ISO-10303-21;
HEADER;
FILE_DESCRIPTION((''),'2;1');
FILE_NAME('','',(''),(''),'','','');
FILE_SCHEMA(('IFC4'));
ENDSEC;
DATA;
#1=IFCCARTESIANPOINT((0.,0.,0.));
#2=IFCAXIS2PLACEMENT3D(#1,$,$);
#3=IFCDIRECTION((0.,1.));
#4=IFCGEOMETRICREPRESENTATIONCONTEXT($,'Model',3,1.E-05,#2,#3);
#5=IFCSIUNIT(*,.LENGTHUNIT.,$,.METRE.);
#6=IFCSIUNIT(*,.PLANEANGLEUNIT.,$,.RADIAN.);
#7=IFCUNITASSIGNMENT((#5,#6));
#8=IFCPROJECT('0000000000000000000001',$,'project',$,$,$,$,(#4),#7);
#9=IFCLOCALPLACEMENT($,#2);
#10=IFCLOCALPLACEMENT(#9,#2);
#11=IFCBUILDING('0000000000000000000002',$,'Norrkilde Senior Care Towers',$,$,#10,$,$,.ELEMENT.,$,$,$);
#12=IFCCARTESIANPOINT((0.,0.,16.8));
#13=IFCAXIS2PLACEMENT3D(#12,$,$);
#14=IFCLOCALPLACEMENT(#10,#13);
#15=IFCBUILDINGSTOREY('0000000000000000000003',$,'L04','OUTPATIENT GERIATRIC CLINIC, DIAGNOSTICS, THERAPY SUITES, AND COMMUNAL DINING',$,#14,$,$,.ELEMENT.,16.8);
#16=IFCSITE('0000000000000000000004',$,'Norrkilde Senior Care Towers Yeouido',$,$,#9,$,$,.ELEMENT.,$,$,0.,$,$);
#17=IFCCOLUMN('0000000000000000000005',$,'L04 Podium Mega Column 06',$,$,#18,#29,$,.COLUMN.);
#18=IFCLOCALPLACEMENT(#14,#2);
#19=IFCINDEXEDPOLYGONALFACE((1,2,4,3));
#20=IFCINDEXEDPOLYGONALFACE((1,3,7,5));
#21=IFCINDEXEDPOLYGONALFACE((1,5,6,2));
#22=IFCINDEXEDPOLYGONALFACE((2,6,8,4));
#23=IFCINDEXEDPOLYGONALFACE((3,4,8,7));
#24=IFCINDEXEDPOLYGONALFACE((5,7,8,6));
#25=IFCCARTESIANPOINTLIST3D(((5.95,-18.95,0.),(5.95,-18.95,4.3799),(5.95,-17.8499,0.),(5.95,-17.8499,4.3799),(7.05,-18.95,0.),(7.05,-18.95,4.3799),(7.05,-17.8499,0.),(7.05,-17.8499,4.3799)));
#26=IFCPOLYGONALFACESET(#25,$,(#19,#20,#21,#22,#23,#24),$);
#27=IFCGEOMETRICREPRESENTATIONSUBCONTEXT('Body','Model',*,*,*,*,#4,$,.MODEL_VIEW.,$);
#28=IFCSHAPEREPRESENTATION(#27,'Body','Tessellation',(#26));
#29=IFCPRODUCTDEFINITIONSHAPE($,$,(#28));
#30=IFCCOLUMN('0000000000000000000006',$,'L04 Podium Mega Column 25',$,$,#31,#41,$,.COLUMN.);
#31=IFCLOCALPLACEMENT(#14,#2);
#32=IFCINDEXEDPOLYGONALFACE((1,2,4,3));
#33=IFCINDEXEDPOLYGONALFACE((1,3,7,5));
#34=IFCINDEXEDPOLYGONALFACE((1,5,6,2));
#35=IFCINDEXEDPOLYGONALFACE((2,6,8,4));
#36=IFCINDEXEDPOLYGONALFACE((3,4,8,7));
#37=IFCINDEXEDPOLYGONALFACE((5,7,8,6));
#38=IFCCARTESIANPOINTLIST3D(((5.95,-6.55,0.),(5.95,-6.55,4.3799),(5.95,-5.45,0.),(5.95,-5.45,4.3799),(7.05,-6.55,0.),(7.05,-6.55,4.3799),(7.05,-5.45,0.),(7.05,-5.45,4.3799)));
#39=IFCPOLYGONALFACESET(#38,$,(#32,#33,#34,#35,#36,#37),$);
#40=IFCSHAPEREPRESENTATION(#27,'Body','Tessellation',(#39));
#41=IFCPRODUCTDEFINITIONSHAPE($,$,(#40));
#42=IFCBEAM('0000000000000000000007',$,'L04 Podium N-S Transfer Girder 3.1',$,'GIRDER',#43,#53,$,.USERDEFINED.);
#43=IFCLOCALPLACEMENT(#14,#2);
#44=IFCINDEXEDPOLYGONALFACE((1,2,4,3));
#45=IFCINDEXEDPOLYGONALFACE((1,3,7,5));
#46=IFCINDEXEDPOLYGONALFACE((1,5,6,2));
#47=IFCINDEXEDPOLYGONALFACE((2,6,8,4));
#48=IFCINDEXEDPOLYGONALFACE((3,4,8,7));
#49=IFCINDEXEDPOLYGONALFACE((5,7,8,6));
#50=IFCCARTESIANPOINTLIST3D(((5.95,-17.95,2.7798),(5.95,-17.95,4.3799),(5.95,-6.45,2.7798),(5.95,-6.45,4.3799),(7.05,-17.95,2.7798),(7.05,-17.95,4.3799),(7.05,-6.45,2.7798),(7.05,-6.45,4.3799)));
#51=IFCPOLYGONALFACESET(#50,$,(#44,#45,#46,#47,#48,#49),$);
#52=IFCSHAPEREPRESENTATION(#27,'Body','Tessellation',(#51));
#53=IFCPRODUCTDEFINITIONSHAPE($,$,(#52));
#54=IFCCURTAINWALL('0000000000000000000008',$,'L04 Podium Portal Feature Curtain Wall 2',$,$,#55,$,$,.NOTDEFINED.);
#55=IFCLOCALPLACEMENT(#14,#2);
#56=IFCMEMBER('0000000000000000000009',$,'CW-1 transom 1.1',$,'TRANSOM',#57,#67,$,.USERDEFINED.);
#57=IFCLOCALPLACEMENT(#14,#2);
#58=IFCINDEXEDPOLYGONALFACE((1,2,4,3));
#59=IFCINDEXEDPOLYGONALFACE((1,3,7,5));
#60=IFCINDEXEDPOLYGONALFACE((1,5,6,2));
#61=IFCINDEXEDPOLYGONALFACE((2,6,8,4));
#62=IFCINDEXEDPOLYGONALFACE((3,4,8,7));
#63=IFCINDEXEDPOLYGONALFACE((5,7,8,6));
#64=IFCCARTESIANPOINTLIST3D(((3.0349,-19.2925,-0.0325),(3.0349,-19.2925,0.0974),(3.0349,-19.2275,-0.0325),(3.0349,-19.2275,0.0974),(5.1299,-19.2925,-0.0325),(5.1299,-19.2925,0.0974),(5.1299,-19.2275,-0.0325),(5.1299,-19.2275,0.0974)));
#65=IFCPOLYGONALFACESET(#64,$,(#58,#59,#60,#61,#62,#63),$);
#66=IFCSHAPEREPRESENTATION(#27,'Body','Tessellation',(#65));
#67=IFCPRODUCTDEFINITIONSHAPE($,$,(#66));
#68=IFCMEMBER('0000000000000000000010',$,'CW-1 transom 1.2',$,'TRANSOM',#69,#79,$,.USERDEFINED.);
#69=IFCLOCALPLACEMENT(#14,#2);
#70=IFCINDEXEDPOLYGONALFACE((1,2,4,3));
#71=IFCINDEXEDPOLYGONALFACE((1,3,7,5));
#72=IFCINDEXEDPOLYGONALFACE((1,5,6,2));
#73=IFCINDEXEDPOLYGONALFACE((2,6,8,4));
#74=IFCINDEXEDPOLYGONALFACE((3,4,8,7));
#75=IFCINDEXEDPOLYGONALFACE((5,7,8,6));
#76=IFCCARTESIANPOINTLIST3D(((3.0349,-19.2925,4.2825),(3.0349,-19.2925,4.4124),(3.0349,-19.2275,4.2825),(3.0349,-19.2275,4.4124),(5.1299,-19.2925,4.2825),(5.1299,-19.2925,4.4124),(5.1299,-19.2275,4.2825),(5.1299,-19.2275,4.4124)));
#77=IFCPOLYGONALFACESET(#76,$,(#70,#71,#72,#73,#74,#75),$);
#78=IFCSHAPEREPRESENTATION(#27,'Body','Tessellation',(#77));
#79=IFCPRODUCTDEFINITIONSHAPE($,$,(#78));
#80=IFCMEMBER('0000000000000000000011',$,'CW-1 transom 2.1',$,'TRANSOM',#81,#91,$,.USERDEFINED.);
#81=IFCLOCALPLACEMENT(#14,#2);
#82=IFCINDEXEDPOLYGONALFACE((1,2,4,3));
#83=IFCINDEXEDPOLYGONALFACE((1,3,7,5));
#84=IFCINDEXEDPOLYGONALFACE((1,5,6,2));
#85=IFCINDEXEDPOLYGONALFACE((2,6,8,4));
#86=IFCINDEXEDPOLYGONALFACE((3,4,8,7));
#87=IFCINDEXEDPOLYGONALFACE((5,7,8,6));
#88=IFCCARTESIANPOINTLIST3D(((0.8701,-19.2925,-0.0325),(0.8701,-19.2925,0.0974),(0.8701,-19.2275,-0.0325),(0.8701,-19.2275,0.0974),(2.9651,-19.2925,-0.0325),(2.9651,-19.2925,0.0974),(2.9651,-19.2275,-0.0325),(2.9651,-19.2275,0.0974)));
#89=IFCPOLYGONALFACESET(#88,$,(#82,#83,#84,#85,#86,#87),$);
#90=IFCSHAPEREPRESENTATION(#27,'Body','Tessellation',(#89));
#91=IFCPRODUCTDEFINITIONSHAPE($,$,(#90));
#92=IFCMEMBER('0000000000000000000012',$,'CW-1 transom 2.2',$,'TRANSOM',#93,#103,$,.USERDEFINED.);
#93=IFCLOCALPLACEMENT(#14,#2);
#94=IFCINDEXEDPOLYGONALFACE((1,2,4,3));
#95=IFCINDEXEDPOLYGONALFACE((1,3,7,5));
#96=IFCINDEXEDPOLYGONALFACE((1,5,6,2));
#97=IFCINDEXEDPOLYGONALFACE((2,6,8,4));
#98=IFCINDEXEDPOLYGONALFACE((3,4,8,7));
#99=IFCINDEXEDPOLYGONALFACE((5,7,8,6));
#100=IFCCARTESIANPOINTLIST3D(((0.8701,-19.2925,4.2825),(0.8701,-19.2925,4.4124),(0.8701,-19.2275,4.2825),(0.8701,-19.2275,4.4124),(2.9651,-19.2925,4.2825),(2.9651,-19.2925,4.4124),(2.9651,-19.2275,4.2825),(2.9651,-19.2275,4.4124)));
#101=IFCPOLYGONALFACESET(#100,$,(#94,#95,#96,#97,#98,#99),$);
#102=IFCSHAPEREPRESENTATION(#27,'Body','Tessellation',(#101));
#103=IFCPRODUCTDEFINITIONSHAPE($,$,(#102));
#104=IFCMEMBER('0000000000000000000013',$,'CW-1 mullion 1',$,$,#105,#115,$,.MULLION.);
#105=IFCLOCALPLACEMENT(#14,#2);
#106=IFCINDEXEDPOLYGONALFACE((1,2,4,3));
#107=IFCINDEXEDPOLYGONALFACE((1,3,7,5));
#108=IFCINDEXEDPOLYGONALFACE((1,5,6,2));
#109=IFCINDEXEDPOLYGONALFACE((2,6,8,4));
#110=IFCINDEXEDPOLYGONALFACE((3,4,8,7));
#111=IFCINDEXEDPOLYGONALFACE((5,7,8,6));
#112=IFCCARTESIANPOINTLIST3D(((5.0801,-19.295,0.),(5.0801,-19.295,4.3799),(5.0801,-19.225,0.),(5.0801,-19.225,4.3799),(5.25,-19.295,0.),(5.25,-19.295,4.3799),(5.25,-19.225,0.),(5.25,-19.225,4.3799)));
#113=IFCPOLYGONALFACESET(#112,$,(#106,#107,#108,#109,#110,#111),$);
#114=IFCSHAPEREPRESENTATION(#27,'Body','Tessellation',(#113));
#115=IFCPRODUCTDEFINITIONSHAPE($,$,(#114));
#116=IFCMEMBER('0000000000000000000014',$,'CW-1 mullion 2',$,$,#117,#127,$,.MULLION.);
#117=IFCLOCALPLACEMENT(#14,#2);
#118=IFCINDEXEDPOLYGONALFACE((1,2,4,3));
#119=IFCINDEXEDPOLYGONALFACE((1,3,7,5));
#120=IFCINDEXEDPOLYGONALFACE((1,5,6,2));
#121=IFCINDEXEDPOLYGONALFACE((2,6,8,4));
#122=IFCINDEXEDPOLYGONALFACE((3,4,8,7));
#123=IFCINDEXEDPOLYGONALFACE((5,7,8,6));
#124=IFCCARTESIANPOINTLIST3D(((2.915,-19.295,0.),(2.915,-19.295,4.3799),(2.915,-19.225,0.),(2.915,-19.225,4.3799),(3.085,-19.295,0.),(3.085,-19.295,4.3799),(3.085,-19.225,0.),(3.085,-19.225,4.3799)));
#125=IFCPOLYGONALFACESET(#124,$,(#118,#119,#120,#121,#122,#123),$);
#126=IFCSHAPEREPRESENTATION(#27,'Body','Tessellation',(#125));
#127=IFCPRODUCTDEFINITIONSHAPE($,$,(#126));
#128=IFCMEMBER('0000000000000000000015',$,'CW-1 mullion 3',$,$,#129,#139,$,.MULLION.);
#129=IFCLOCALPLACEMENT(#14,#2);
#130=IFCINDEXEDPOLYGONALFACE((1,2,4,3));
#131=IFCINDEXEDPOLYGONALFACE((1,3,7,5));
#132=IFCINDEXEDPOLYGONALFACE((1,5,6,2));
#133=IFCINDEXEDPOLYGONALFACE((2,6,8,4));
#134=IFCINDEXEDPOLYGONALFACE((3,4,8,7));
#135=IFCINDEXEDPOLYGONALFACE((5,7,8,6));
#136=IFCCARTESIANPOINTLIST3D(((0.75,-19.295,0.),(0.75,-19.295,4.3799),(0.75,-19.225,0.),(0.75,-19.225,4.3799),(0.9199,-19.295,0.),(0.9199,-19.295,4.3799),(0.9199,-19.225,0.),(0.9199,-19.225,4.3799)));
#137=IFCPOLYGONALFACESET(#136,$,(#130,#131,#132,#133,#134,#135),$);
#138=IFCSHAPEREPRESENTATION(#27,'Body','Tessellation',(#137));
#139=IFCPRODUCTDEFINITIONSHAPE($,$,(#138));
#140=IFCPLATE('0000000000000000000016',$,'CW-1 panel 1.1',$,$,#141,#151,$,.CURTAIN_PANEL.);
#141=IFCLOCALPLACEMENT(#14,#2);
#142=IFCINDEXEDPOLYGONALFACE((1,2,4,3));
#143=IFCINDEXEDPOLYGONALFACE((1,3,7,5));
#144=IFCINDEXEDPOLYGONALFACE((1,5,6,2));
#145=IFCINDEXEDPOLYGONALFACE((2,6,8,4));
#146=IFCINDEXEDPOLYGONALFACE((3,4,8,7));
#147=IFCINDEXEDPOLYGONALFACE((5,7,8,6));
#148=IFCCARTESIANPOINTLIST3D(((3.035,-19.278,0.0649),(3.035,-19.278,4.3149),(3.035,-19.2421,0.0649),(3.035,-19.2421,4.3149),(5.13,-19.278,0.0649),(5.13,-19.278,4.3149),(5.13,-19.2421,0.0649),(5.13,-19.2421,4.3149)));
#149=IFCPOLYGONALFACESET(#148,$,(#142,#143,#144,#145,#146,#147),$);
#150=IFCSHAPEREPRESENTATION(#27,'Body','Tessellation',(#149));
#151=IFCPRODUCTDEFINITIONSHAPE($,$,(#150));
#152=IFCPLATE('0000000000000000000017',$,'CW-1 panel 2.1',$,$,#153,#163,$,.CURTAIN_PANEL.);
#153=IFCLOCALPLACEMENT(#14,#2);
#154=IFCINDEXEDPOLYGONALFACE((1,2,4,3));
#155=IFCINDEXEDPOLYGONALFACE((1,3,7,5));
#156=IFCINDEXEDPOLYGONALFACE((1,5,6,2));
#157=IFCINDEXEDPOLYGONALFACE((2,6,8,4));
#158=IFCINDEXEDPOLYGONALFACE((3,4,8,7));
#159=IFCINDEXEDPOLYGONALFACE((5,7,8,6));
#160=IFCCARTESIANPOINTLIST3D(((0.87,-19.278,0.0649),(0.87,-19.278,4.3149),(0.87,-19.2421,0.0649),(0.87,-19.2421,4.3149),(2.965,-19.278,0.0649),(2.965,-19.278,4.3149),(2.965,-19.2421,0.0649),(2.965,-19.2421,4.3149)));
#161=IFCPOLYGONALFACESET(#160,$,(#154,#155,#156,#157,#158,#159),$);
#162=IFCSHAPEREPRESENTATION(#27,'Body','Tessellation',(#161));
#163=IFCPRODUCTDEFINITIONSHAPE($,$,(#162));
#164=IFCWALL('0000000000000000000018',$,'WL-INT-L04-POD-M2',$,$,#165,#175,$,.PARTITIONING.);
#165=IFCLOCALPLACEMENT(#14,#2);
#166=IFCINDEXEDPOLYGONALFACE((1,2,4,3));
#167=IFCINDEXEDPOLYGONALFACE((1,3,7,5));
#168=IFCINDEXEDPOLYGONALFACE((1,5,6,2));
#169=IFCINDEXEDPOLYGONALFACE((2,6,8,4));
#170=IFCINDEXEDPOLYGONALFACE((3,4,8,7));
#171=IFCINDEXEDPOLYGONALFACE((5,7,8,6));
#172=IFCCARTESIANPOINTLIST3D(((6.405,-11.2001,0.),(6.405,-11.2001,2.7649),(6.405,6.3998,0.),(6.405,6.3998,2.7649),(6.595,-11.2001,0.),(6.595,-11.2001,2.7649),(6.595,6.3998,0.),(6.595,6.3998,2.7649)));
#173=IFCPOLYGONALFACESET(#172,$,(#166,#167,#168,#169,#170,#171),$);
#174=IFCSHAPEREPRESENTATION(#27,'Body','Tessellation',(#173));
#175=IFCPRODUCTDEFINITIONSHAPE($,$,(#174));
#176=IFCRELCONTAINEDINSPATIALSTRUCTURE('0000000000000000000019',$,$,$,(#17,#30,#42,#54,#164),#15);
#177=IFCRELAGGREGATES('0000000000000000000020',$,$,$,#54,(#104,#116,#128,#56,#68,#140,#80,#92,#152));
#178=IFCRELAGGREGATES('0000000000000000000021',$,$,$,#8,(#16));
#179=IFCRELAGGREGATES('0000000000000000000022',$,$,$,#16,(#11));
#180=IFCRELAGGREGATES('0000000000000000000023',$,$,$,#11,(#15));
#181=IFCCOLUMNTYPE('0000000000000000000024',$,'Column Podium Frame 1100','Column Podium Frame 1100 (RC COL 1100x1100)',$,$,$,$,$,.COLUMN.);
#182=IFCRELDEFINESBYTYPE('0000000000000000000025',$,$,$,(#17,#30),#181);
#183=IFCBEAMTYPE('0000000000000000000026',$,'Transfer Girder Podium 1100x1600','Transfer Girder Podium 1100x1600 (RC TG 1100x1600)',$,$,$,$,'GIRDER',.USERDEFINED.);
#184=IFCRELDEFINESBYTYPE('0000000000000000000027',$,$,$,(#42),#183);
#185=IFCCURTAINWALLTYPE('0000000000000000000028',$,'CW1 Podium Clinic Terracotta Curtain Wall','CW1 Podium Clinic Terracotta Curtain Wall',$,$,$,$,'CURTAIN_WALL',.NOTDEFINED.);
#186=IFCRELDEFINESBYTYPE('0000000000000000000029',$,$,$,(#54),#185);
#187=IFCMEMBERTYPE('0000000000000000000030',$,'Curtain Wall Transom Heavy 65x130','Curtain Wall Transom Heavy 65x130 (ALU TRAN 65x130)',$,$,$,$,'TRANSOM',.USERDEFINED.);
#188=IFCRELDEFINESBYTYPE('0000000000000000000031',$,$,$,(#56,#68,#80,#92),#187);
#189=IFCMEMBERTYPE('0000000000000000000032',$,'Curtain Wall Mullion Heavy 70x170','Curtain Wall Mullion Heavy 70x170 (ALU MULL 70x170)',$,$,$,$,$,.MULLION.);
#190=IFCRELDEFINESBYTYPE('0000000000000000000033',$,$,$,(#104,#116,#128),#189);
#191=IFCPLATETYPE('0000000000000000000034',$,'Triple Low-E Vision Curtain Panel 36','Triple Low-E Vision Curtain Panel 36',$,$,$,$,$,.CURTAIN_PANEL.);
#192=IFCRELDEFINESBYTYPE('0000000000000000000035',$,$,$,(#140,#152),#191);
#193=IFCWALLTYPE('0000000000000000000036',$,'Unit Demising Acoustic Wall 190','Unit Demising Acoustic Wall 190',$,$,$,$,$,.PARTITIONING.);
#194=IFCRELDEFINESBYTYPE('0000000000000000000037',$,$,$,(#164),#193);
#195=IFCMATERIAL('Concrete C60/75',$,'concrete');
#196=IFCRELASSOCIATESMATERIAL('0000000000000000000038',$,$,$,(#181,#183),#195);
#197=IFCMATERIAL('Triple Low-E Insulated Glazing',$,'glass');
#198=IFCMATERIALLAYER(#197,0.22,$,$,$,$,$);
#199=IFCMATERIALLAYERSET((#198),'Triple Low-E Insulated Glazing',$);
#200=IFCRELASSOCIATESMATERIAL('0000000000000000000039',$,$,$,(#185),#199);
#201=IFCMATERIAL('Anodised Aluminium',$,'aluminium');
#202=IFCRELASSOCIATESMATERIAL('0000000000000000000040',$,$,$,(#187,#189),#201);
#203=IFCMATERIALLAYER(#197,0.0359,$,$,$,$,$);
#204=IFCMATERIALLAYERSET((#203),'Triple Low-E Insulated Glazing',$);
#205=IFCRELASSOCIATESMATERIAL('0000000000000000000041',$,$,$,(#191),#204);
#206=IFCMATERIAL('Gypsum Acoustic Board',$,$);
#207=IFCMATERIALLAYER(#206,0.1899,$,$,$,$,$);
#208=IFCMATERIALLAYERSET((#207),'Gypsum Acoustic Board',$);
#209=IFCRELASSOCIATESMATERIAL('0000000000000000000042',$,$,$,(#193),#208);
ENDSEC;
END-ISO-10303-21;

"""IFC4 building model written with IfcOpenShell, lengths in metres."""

from ifc_helpers import new_model, si_unit, direction, frame, frame_2d, origin, origin_2d, place, context, subcontext, project, spatial, rectangle, extrude, source, transform, mapped, material, layer, layer_set, material_profile, profile_set, type_object, type_shapes, element, aggregate, save


model = new_model("IFC4")

# Units and contexts
model_context = context("Model", 3, precision=1e-05, world=origin(), true_north=direction((0.0, 1.0)))
body_context = subcontext(model_context, "Body", "Model", "MODEL_VIEW")
ifc_project = project(units=[si_unit("LENGTHUNIT", "METRE"), si_unit("PLANEANGLEUNIT", "RADIAN")], contexts=[model_context])

# Site, building, storey
site_placement = place(None, origin())
site = spatial("IfcSite", under=ifc_project, at=site_placement, Name="Norrkilde Senior Care Towers Yeouido", CompositionType="ELEMENT", RefElevation=0.0)
building_placement = place(site_placement, origin())
building = spatial("IfcBuilding", under=site, at=building_placement, Name="Norrkilde Senior Care Towers", CompositionType="ELEMENT")
storey_placement = place(building_placement, frame((0.0, 0.0, 16.8)))
storey = spatial("IfcBuildingStorey", under=building, at=storey_placement, Name="L04", Description="OUTPATIENT GERIATRIC CLINIC, DIAGNOSTICS, THERAPY SUITES, AND COMMUNAL DINING", CompositionType="ELEMENT", Elevation=16.8)

# Columns
ifc_material_1 = material(Name="Concrete C60/75", Category="concrete")
ifc_material_profile_1 = material_profile(ifc_material_1, rectangle(XDim=1.1001, YDim=1.1001, at=origin_2d()), Name="RC COL 1100x1100")
ifc_profile_set_1 = profile_set([ifc_material_profile_1], Name="Concrete C60/75")
column_type = type_object("IfcColumnType", Name="Column Podium Frame 1100", Description="Column Podium Frame 1100 (RC COL 1100x1100)", PredefinedType="COLUMN", material=ifc_profile_set_1)
shared_shape_1 = source(origin(), body_context, "Body", "SweptSolid", [
    extrude(rectangle(XDim=1.1001, YDim=1.1001, at=origin_2d()), origin(), (0.0, 0.0, 1.0), 4.3799),
])
type_shapes(column_type, [shared_shape_1])
for number, where, z_axis, x_axis, name in (
    (1, (6.5, -18.3999, 0.0), (0.0, 0.0, 1.0), (1.0, 0.0, 0.0), "L04 Podium Mega Column 06"),
    (2, (6.5, -6.0, 0.0), (0.0, 0.0, 1.0), (1.0, 0.0, 0.0), "L04 Podium Mega Column 25"),
):
    element("IfcColumn", number, at=place(storey_placement, frame(where, z_axis=z_axis, x_axis=x_axis)), inside=storey, type_object=column_type, Name=name, PredefinedType="COLUMN", context=body_context, shape_type="MappedRepresentation", body=[
        mapped(shared_shape_1, transform((0.0, 0.0, 0.0), x_axis=(1.0, 0.0, 0.0), y_axis=(0.0, 1.0, 0.0), z_axis=(0.0, 0.0, 1.0), scale=1.0)),
    ])

# Beam
ifc_material_profile_2 = material_profile(ifc_material_1, rectangle(XDim=1.1001, YDim=1.6001, at=origin_2d()), Name="RC TG 1100x1600")
ifc_profile_set_2 = profile_set([ifc_material_profile_2], Name="Concrete C60/75")
beam_type = type_object("IfcBeamType", Name="Transfer Girder Podium 1100x1600", Description="Transfer Girder Podium 1100x1600 (RC TG 1100x1600)", ElementType="GIRDER", PredefinedType="USERDEFINED", material=ifc_profile_set_2)
shared_shape_2 = source(origin(), body_context, "Body", "SweptSolid", [
    extrude(rectangle(XDim=1.1001, YDim=1.6001, at=origin_2d()), origin(), (0.0, 0.0, 1.0), 11.5),
])
type_shapes(beam_type, [shared_shape_2])
beam_placement = place(storey_placement, frame((6.5, -17.95, 3.5798), z_axis=(0.0, 1.0, 0.0), x_axis=(-1.0, 0.0, 0.0)))
element("IfcBeam", 3, at=beam_placement, inside=storey, type_object=beam_type, Name="L04 Podium N-S Transfer Girder 3.1", ObjectType="GIRDER", PredefinedType="USERDEFINED", context=body_context, shape_type="MappedRepresentation", body=[
    mapped(shared_shape_2, transform((0.0, 0.0, 0.0), x_axis=(1.0, 0.0, 0.0), y_axis=(0.0, 1.0, 0.0), z_axis=(0.0, 0.0, 1.0), scale=1.0)),
])

# Curtain wall, members, plates
ifc_material_2 = material(Name="Triple Low-E Insulated Glazing", Category="glass")
ifc_layer_1 = layer(ifc_material_2, 0.22)
ifc_layer_set_1 = layer_set([ifc_layer_1], Name="Triple Low-E Insulated Glazing")
curtain_wall_type = type_object("IfcCurtainWallType", Name="CW1 Podium Clinic Terracotta Curtain Wall", Description="CW1 Podium Clinic Terracotta Curtain Wall", ElementType="CURTAIN_WALL", PredefinedType="NOTDEFINED", material=ifc_layer_set_1)
curtain_wall_placement = place(storey_placement, origin())
curtain_wall = element("IfcCurtainWall", 4, at=curtain_wall_placement, inside=storey, type_object=curtain_wall_type, Name="L04 Podium Portal Feature Curtain Wall 2", PredefinedType="NOTDEFINED")
ifc_material_3 = material(Name="Anodised Aluminium", Category="aluminium")
ifc_material_profile_3 = material_profile(ifc_material_3, rectangle(XDim=0.0649, YDim=0.1299, at=origin_2d()), Name="ALU TRAN 65x130")
ifc_profile_set_3 = profile_set([ifc_material_profile_3], Name="Anodised Aluminium")
member_type_1 = type_object("IfcMemberType", Name="Curtain Wall Transom Heavy 65x130", Description="Curtain Wall Transom Heavy 65x130 (ALU TRAN 65x130)", ElementType="TRANSOM", PredefinedType="USERDEFINED", material=ifc_profile_set_3)
shared_shape_3 = source(origin(), body_context, "Body", "SweptSolid", [
    extrude(rectangle(XDim=0.0649, YDim=0.1299, at=origin_2d()), origin(), (0.0, 0.0, 1.0), 2.095),
])
type_shapes(member_type_1, [shared_shape_3])
member_1_placement = place(storey_placement, frame((5.1299, -19.26, 0.0325), z_axis=(-1.0, 0.0, 0.0), x_axis=(0.0, -1.0, 0.0)))
member_1 = element("IfcMember", 5, at=member_1_placement, type_object=member_type_1, Name="CW-1 transom 1.1", ObjectType="TRANSOM", PredefinedType="USERDEFINED", context=body_context, shape_type="MappedRepresentation", body=[
    mapped(shared_shape_3, transform((0.0, 0.0, 0.0), x_axis=(1.0, 0.0, 0.0), y_axis=(0.0, 1.0, 0.0), z_axis=(0.0, 0.0, 1.0), scale=1.0)),
])
member_2_placement = place(storey_placement, frame((5.1299, -19.26, 4.3474), z_axis=(-1.0, 0.0, 0.0), x_axis=(0.0, -1.0, 0.0)))
member_2 = element("IfcMember", 6, at=member_2_placement, type_object=member_type_1, Name="CW-1 transom 1.2", ObjectType="TRANSOM", PredefinedType="USERDEFINED", context=body_context, shape_type="MappedRepresentation", body=[
    mapped(shared_shape_3, transform((0.0, 0.0, 0.0), x_axis=(1.0, 0.0, 0.0), y_axis=(0.0, 1.0, 0.0), z_axis=(0.0, 0.0, 1.0), scale=1.0)),
])
member_3_placement = place(storey_placement, frame((2.9651, -19.26, 0.0325), z_axis=(-1.0, 0.0, 0.0), x_axis=(0.0, -1.0, 0.0)))
member_3 = element("IfcMember", 7, at=member_3_placement, type_object=member_type_1, Name="CW-1 transom 2.1", ObjectType="TRANSOM", PredefinedType="USERDEFINED", context=body_context, shape_type="MappedRepresentation", body=[
    mapped(shared_shape_3, transform((0.0, 0.0, 0.0), x_axis=(1.0, 0.0, 0.0), y_axis=(0.0, 1.0, 0.0), z_axis=(0.0, 0.0, 1.0), scale=1.0)),
])
member_4_placement = place(storey_placement, frame((2.9651, -19.26, 4.3474), z_axis=(-1.0, 0.0, 0.0), x_axis=(0.0, -1.0, 0.0)))
member_4 = element("IfcMember", 8, at=member_4_placement, type_object=member_type_1, Name="CW-1 transom 2.2", ObjectType="TRANSOM", PredefinedType="USERDEFINED", context=body_context, shape_type="MappedRepresentation", body=[
    mapped(shared_shape_3, transform((0.0, 0.0, 0.0), x_axis=(1.0, 0.0, 0.0), y_axis=(0.0, 1.0, 0.0), z_axis=(0.0, 0.0, 1.0), scale=1.0)),
])
ifc_material_profile_4 = material_profile(ifc_material_3, rectangle(XDim=0.0701, YDim=0.1699, at=origin_2d()), Name="ALU MULL 70x170")
ifc_profile_set_4 = profile_set([ifc_material_profile_4], Name="Anodised Aluminium")
member_type_2 = type_object("IfcMemberType", Name="Curtain Wall Mullion Heavy 70x170", Description="Curtain Wall Mullion Heavy 70x170 (ALU MULL 70x170)", PredefinedType="MULLION", material=ifc_profile_set_4)
shared_shape_4 = source(origin(), body_context, "Body", "SweptSolid", [
    extrude(rectangle(XDim=0.0701, YDim=0.1699, at=origin_2d()), origin(), (0.0, 0.0, 1.0), 4.3799),
])
type_shapes(member_type_2, [shared_shape_4])
member_5_placement = place(storey_placement, frame((5.165, -19.26, 0.0), z_axis=(0.0, 0.0, 1.0), x_axis=(0.0, -1.0, 0.0)))
member_5 = element("IfcMember", 9, at=member_5_placement, type_object=member_type_2, Name="CW-1 mullion 1", PredefinedType="MULLION", context=body_context, shape_type="MappedRepresentation", body=[
    mapped(shared_shape_4, transform((0.0, 0.0, 0.0), x_axis=(1.0, 0.0, 0.0), y_axis=(0.0, 1.0, 0.0), z_axis=(0.0, 0.0, 1.0), scale=1.0)),
])
member_6_placement = place(storey_placement, frame((3.0, -19.26, 0.0), z_axis=(0.0, 0.0, 1.0), x_axis=(0.0, -1.0, 0.0)))
member_6 = element("IfcMember", 10, at=member_6_placement, type_object=member_type_2, Name="CW-1 mullion 2", PredefinedType="MULLION", context=body_context, shape_type="MappedRepresentation", body=[
    mapped(shared_shape_4, transform((0.0, 0.0, 0.0), x_axis=(1.0, 0.0, 0.0), y_axis=(0.0, 1.0, 0.0), z_axis=(0.0, 0.0, 1.0), scale=1.0)),
])
member_7_placement = place(storey_placement, frame((0.835, -19.26, 0.0), z_axis=(0.0, 0.0, 1.0), x_axis=(0.0, -1.0, 0.0)))
member_7 = element("IfcMember", 11, at=member_7_placement, type_object=member_type_2, Name="CW-1 mullion 3", PredefinedType="MULLION", context=body_context, shape_type="MappedRepresentation", body=[
    mapped(shared_shape_4, transform((0.0, 0.0, 0.0), x_axis=(1.0, 0.0, 0.0), y_axis=(0.0, 1.0, 0.0), z_axis=(0.0, 0.0, 1.0), scale=1.0)),
])
ifc_layer_2 = layer(ifc_material_2, 0.0359)
ifc_layer_set_2 = layer_set([ifc_layer_2], Name="Triple Low-E Insulated Glazing")
plate_type = type_object("IfcPlateType", Name="Triple Low-E Vision Curtain Panel 36", Description="Triple Low-E Vision Curtain Panel 36", PredefinedType="CURTAIN_PANEL", material=ifc_layer_set_2)
shared_shape_5 = source(origin(), body_context, "Body", "SweptSolid", [
    extrude(rectangle(XDim=2.095, YDim=0.0359, at=origin_2d()), origin(), (0.0, 0.0, 1.0), 4.25),
])
type_shapes(plate_type, [shared_shape_5])
plate_1_placement = place(storey_placement, frame((4.0825, -19.26, 0.0649), z_axis=(0.0, 0.0, 1.0), x_axis=(-1.0, 0.0, 0.0)))
plate_1 = element("IfcPlate", 12, at=plate_1_placement, type_object=plate_type, Name="CW-1 panel 1.1", PredefinedType="CURTAIN_PANEL", context=body_context, shape_type="MappedRepresentation", body=[
    mapped(shared_shape_5, transform((0.0, 0.0, 0.0), x_axis=(1.0, 0.0, 0.0), y_axis=(0.0, 1.0, 0.0), z_axis=(0.0, 0.0, 1.0), scale=1.0)),
])
plate_2_placement = place(storey_placement, frame((1.9175, -19.26, 0.0649), z_axis=(0.0, 0.0, 1.0), x_axis=(-1.0, 0.0, 0.0)))
plate_2 = element("IfcPlate", 13, at=plate_2_placement, type_object=plate_type, Name="CW-1 panel 2.1", PredefinedType="CURTAIN_PANEL", context=body_context, shape_type="MappedRepresentation", body=[
    mapped(shared_shape_5, transform((0.0, 0.0, 0.0), x_axis=(1.0, 0.0, 0.0), y_axis=(0.0, 1.0, 0.0), z_axis=(0.0, 0.0, 1.0), scale=1.0)),
])
aggregate(curtain_wall, [member_5, member_6, member_7, member_1, member_2, plate_1, member_3, member_4, plate_2])

# Wall
ifc_material_4 = material(Name="Gypsum Acoustic Board")
ifc_layer_3 = layer(ifc_material_4, 0.1899)
ifc_layer_set_3 = layer_set([ifc_layer_3], Name="Gypsum Acoustic Board")
wall_type = type_object("IfcWallType", Name="Unit Demising Acoustic Wall 190", Description="Unit Demising Acoustic Wall 190", PredefinedType="PARTITIONING", material=ifc_layer_set_3)
shared_shape_6 = source(origin(), body_context, "Body", "SweptSolid", [
    extrude(rectangle(XDim=17.5999, YDim=0.1899, at=frame_2d((8.7998, 0.0))), origin(), (0.0, 0.0, 1.0), 2.7649),
])
type_shapes(wall_type, [shared_shape_6])
wall_placement = place(storey_placement, frame((6.5, -11.2, 0.0), z_axis=(0.0, 0.0, 1.0), x_axis=(0.0, 1.0, 0.0)))
element("IfcWall", 14, at=wall_placement, inside=storey, type_object=wall_type, Name="WL-INT-L04-POD-M2", PredefinedType="PARTITIONING", context=body_context, shape_type="MappedRepresentation", body=[
    mapped(shared_shape_6, transform((0.0, 0.0, 0.0), x_axis=(1.0, 0.0, 0.0), y_axis=(0.0, 1.0, 0.0), z_axis=(0.0, 0.0, 1.0), scale=1.0)),
])

save(model, "model.ifc")
